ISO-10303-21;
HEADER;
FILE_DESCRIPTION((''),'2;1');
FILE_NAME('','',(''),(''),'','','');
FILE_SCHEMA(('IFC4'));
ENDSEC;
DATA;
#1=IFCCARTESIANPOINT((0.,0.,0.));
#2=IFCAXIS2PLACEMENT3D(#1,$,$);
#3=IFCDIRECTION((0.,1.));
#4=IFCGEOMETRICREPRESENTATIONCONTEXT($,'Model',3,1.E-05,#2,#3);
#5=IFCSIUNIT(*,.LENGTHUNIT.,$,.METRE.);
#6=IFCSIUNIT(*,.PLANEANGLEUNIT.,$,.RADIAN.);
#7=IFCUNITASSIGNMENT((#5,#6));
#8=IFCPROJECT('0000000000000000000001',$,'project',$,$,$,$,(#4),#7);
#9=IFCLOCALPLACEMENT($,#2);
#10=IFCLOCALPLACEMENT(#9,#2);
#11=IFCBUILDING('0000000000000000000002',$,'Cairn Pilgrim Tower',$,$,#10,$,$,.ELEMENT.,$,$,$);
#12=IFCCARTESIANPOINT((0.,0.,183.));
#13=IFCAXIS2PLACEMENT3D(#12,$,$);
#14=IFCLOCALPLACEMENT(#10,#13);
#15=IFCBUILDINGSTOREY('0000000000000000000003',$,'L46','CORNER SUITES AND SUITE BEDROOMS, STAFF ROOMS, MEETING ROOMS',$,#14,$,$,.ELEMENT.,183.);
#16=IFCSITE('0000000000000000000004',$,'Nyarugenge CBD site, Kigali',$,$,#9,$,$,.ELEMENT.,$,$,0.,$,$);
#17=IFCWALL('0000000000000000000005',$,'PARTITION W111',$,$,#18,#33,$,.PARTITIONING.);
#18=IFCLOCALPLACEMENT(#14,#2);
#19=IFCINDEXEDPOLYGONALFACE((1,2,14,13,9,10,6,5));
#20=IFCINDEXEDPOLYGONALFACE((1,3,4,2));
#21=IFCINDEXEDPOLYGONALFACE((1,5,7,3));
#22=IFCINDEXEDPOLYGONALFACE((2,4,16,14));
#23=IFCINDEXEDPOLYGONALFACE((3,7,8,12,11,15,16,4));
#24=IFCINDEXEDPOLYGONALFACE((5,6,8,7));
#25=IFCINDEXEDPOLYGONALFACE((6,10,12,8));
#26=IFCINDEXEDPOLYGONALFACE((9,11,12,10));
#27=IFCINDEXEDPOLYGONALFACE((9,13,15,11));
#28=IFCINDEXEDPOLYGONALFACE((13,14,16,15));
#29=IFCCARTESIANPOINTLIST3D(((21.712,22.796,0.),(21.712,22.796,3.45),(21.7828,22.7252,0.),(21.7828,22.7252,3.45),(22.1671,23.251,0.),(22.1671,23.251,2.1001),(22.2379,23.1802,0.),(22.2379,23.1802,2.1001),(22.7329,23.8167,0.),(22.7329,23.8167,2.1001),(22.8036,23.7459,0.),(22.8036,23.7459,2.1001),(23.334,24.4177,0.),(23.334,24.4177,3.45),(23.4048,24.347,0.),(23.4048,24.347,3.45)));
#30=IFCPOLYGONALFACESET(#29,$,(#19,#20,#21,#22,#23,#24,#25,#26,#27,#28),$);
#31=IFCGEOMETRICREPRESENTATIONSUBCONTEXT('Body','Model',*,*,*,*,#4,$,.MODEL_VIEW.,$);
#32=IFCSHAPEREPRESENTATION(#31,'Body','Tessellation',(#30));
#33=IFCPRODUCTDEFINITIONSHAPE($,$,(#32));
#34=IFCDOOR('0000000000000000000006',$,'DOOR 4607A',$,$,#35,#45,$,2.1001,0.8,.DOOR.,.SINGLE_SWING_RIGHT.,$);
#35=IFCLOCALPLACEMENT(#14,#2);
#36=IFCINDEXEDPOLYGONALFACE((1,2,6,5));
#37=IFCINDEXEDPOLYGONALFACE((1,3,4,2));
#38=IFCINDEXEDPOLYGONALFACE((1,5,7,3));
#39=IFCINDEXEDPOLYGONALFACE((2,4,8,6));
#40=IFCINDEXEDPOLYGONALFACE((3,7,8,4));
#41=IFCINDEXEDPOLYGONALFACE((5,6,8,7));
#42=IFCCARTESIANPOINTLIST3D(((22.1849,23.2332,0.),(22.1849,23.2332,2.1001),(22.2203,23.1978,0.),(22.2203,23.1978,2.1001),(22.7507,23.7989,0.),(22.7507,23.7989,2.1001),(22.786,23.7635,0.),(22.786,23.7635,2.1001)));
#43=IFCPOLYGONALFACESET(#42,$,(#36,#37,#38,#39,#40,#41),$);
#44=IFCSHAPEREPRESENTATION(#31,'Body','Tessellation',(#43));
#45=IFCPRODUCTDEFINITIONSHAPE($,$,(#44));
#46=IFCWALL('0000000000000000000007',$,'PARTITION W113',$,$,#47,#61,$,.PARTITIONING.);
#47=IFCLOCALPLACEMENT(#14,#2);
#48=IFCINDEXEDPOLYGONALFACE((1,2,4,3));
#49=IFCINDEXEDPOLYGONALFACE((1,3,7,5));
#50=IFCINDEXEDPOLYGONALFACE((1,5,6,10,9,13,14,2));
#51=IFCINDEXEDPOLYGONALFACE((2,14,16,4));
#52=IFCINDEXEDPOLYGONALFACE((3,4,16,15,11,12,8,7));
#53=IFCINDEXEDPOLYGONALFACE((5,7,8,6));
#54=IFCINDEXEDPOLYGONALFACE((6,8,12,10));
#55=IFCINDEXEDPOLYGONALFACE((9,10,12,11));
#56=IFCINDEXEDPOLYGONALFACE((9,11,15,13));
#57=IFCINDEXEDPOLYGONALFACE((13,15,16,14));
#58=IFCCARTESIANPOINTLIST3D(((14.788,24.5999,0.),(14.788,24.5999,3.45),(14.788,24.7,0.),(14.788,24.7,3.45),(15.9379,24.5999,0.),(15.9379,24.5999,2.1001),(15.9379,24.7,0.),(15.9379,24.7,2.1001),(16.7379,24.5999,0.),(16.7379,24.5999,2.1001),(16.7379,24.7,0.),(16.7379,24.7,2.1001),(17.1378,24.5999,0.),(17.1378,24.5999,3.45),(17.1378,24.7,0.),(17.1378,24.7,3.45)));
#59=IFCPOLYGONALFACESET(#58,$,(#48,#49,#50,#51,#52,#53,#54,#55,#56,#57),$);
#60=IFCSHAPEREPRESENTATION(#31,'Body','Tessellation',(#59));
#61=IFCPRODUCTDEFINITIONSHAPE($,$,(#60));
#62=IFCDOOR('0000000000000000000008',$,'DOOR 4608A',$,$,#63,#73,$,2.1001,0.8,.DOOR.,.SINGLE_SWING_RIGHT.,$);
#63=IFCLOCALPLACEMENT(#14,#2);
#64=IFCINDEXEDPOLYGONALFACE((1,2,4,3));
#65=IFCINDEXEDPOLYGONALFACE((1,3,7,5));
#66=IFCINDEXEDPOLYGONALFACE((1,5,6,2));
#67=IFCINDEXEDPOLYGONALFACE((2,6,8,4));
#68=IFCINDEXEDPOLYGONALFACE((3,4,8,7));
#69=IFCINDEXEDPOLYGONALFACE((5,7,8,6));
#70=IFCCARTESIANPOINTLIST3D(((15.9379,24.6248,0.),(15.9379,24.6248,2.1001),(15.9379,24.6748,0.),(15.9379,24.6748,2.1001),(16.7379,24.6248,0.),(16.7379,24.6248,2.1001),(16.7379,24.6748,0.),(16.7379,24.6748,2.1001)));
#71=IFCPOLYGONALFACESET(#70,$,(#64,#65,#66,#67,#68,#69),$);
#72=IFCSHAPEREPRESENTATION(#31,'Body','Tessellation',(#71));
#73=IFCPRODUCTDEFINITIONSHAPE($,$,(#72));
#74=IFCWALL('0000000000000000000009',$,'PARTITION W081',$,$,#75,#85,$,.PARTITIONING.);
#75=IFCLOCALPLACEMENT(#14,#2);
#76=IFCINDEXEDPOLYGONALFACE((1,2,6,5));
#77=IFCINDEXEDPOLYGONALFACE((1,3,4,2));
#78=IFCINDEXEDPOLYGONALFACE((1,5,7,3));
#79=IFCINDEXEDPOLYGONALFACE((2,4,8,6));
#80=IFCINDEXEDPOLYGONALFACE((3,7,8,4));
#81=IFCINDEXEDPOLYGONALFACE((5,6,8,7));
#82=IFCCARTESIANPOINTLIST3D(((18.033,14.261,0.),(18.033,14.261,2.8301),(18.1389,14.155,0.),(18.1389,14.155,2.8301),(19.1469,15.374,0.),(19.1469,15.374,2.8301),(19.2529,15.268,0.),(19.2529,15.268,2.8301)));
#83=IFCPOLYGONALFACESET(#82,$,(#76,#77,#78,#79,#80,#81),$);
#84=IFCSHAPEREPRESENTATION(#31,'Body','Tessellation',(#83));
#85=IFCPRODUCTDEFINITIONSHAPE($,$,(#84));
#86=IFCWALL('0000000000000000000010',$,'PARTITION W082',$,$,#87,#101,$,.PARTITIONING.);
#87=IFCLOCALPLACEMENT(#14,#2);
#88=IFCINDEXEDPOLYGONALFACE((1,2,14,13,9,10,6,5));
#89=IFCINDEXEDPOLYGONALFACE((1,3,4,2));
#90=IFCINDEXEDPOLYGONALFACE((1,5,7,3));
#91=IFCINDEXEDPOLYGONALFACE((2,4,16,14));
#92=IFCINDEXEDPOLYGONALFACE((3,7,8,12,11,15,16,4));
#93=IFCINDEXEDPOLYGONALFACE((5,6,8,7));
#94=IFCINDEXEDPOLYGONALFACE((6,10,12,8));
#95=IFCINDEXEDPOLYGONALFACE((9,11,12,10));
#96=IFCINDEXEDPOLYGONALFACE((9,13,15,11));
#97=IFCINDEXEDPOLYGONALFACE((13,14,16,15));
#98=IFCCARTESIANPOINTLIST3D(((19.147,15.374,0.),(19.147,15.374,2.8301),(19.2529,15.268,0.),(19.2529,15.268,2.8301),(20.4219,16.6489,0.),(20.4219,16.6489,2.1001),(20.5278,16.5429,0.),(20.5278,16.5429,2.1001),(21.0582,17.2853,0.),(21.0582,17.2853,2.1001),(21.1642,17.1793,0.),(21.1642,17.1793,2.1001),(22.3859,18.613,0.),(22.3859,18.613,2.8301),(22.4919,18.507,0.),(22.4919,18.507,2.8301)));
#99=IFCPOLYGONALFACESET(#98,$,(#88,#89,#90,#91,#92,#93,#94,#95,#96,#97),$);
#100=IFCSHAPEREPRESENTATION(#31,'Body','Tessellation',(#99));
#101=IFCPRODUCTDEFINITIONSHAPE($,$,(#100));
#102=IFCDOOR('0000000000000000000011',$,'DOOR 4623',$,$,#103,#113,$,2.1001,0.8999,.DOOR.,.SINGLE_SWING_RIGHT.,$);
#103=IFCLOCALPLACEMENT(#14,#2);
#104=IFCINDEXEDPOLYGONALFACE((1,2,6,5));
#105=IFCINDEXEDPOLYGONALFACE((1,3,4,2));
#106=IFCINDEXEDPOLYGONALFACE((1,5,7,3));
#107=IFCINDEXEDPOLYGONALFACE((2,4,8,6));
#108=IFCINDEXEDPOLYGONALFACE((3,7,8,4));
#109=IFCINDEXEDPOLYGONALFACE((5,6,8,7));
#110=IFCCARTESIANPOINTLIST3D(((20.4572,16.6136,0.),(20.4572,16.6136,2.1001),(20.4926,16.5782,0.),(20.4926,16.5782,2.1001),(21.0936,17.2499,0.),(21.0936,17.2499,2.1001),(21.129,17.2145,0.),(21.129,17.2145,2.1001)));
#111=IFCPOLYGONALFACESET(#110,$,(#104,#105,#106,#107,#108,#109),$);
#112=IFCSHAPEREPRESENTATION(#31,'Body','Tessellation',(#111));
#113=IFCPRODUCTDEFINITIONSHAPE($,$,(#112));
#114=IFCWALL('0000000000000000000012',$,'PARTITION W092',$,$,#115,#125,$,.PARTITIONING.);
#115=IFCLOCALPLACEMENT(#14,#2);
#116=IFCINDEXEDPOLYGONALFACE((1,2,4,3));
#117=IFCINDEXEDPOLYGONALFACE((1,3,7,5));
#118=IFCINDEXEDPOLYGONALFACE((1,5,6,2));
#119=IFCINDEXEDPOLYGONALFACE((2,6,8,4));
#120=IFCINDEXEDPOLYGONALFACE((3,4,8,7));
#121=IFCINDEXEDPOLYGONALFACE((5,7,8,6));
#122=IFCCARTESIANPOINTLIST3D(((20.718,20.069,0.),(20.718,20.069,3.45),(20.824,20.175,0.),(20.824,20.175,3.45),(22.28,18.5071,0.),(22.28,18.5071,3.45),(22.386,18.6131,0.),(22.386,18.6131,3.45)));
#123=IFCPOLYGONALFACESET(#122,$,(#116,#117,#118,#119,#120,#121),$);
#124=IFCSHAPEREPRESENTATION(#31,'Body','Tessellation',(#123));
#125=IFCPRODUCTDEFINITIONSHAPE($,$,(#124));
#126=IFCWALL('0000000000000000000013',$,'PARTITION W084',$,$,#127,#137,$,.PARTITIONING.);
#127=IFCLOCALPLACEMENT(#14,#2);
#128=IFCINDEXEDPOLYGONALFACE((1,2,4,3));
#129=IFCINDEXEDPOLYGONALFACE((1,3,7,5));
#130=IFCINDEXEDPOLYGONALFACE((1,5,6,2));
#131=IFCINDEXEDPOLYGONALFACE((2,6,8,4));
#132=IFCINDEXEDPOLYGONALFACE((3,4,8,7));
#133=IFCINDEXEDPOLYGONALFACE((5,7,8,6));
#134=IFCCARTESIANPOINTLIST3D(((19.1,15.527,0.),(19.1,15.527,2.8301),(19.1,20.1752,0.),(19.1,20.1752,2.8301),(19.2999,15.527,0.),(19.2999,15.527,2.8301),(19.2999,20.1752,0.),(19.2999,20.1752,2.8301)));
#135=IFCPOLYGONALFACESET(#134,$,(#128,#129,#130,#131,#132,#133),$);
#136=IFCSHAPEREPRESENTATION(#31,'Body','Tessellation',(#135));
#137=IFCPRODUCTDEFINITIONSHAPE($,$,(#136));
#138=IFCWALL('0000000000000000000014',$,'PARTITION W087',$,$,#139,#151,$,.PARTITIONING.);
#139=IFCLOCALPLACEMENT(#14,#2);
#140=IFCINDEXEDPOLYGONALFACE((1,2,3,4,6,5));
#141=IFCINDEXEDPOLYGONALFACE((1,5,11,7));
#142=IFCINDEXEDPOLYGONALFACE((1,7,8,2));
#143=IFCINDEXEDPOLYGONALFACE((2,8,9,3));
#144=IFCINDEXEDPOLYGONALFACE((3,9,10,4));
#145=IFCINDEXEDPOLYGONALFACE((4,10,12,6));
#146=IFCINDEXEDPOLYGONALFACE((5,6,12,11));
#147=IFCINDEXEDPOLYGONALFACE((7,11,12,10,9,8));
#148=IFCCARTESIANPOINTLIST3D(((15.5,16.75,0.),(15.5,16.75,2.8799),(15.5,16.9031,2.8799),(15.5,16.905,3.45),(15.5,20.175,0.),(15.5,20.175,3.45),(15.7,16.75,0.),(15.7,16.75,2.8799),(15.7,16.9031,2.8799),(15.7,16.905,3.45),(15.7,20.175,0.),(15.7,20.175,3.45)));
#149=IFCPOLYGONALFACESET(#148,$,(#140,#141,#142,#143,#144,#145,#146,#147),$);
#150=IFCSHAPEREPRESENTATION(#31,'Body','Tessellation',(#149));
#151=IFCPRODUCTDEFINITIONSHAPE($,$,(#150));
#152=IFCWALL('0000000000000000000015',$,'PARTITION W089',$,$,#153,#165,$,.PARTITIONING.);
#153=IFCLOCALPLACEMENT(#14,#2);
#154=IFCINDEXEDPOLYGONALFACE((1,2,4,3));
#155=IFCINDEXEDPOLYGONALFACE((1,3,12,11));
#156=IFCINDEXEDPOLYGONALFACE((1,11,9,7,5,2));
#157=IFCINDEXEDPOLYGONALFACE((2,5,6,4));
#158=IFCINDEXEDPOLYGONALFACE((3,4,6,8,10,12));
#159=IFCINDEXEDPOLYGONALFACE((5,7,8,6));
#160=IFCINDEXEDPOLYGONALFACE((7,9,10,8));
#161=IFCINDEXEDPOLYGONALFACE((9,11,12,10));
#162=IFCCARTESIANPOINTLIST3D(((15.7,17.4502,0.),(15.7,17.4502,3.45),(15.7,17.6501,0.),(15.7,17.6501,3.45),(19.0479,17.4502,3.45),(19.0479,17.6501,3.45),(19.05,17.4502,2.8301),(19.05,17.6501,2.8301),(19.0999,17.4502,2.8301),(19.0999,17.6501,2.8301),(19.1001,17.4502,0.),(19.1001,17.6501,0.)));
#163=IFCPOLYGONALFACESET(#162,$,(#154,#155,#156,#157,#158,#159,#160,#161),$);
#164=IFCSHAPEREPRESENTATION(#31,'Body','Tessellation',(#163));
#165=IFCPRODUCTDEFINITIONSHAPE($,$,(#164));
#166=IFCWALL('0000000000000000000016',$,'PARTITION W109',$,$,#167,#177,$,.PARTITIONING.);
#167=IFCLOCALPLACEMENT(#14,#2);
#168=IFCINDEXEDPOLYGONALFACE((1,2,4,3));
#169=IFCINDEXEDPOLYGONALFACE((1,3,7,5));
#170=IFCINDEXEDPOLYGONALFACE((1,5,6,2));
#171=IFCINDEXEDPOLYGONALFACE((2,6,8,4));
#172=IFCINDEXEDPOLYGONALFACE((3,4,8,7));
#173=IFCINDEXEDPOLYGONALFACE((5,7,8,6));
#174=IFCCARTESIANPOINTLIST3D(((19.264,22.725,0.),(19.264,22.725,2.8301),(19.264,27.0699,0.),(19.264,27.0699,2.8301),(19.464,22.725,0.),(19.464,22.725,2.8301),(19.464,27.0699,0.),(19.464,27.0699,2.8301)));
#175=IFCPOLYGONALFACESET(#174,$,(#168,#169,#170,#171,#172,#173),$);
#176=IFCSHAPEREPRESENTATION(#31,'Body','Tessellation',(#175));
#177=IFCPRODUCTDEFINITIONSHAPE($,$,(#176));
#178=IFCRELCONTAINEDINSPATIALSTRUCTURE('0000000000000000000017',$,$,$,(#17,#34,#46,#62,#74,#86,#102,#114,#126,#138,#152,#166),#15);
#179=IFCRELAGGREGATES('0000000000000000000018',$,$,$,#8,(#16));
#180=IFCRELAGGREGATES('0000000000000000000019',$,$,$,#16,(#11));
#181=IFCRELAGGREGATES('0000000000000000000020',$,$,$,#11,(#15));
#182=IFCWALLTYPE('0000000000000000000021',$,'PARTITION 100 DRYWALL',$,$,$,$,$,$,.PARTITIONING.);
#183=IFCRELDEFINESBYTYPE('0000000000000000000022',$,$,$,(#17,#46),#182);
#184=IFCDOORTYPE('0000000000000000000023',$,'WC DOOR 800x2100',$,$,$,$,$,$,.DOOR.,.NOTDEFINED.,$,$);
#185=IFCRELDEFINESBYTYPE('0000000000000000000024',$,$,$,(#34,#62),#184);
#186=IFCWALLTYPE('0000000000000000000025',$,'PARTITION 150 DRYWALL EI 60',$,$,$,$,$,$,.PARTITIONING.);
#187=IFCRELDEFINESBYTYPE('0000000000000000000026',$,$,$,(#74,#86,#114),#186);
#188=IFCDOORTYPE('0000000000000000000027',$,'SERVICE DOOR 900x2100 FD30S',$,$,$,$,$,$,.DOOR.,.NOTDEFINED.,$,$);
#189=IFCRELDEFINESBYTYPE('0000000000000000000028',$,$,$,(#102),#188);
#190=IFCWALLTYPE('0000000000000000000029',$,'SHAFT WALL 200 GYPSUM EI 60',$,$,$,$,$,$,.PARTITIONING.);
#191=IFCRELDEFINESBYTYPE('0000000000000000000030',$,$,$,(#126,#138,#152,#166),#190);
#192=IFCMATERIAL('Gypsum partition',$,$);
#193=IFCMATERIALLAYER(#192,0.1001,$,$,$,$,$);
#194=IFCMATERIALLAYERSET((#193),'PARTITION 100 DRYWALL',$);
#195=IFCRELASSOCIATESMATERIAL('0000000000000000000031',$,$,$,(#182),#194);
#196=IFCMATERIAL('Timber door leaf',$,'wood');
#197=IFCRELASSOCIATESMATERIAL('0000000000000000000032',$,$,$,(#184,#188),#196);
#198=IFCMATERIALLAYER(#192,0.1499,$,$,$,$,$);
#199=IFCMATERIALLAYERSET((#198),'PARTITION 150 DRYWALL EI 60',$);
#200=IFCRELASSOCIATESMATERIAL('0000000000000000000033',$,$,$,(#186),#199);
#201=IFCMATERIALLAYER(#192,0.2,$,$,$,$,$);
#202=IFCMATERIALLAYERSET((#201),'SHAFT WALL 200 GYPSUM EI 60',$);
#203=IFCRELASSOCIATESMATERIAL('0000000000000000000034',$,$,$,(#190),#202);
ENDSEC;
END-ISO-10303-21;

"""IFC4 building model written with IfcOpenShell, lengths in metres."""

from ifc_helpers import new_model, si_unit, direction, frame, frame_2d, origin, place, context, subcontext, project, spatial, polyline, rectangle, outline, extrude, material, layer, layer_set, type_object, element, fill, save


model = new_model("IFC4")

# Units and contexts
model_context = context("Model", 3, precision=1e-05, world=origin(), true_north=direction((0.0, 1.0)))
body_context = subcontext(model_context, "Body", "Model", "MODEL_VIEW")
ifc_project = project(units=[si_unit("LENGTHUNIT", "METRE"), si_unit("PLANEANGLEUNIT", "RADIAN")], contexts=[model_context])

# Site, building, storey
site_placement = place(None, origin())
site = spatial("IfcSite", under=ifc_project, at=site_placement, Name="Nyarugenge CBD site, Kigali", CompositionType="ELEMENT", RefElevation=0.0)
building_placement = place(site_placement, origin())
building = spatial("IfcBuilding", under=site, at=building_placement, Name="Cairn Pilgrim Tower", CompositionType="ELEMENT")
storey_placement = place(building_placement, frame((0.0, 0.0, 183.0)))
storey = spatial("IfcBuildingStorey", under=building, at=storey_placement, Name="L46", Description="CORNER SUITES AND SUITE BEDROOMS, STAFF ROOMS, MEETING ROOMS", CompositionType="ELEMENT", Elevation=183.0)

# Shared definitions
ifc_material_1 = material(Name="Gypsum partition")
ifc_layer_1 = layer(ifc_material_1, 0.1001)
ifc_layer_set_1 = layer_set([ifc_layer_1], Name="PARTITION 100 DRYWALL")
wall_type_1 = type_object("IfcWallType", Name="PARTITION 100 DRYWALL", PredefinedType="PARTITIONING", material=ifc_layer_set_1)

# Walls, openings, doors
wall_1_placement = place(storey_placement, frame((21.7473, 22.7605, 0.0), z_axis=(0.0, 0.0, 1.0), x_axis=(0.70716, 0.707054, 0.0)))
wall_1 = element("IfcWall", 1, at=wall_1_placement, inside=storey, type_object=wall_type_1, Name="PARTITION W111", PredefinedType="PARTITIONING", context=body_context, shape_type="SweptSolid", body=[
    extrude(rectangle(XDim=2.2937, YDim=0.1001, at=frame_2d((1.147, 0.0))), origin(), (0.0, 0.0, 1.0), 3.45),
])
opening_1_placement = place(wall_1_placement, frame((0.6438, 0.0, 0.0)))
opening_1 = element("IfcOpeningElement", 2, at=opening_1_placement, cuts=wall_1, PredefinedType="OPENING", context=body_context, shape_type="SweptSolid", body=[
    extrude(rectangle(XDim=0.8, YDim=2.1001, at=frame_2d((0.3999, 1.05))), frame((0.0, 0.0601, 0.0), z_axis=(0.0, -1.0, 0.0), x_axis=(1.0, 0.0, 0.0)), (0.0, 0.0, 1.0), 0.1201),
])
ifc_material_2 = material(Name="Timber door leaf", Category="wood")
door_type_1 = type_object("IfcDoorType", Name="WC DOOR 800x2100", OperationType="NOTDEFINED", PredefinedType="DOOR", material=ifc_material_2)
door_1_placement = place(opening_1_placement, origin())
door_1 = element("IfcDoor", 3, at=door_1_placement, inside=storey, type_object=door_type_1, Name="DOOR 4607A", OperationType="SINGLE_SWING_RIGHT", OverallHeight=2.1001, OverallWidth=0.8, PredefinedType="DOOR", context=body_context, shape_type="SweptSolid", body=[
    extrude(rectangle(XDim=0.8, YDim=2.1001, at=frame_2d((0.3999, 1.05))), frame((0.0, 0.0249, 0.0), z_axis=(0.0, -1.0, 0.0), x_axis=(1.0, 0.0, 0.0)), (0.0, 0.0, 1.0), 0.05),
])
fill(opening_1, door_1)
wall_2_placement = place(storey_placement, frame((14.7881, 24.6499, 0.0), z_axis=(0.0, 0.0, 1.0), x_axis=(1.0, 0.0, 0.0)))
wall_2 = element("IfcWall", 4, at=wall_2_placement, inside=storey, type_object=wall_type_1, Name="PARTITION W113", PredefinedType="PARTITIONING", context=body_context, shape_type="SweptSolid", body=[
    extrude(rectangle(XDim=2.3499, YDim=0.1001, at=frame_2d((1.1748, 0.0))), origin(), (0.0, 0.0, 1.0), 3.45),
])
opening_2_placement = place(wall_2_placement, frame((1.1499, 0.0, 0.0)))
opening_2 = element("IfcOpeningElement", 5, at=opening_2_placement, cuts=wall_2, PredefinedType="OPENING", context=body_context, shape_type="SweptSolid", body=[
    extrude(rectangle(XDim=0.8, YDim=2.1001, at=frame_2d((0.3999, 1.05))), frame((0.0, 0.0601, 0.0), z_axis=(0.0, -1.0, 0.0), x_axis=(1.0, 0.0, 0.0)), (0.0, 0.0, 1.0), 0.1201),
])
door_2_placement = place(opening_2_placement, origin())
door_2 = element("IfcDoor", 6, at=door_2_placement, inside=storey, type_object=door_type_1, Name="DOOR 4608A", OperationType="SINGLE_SWING_RIGHT", OverallHeight=2.1001, OverallWidth=0.8, PredefinedType="DOOR", context=body_context, shape_type="SweptSolid", body=[
    extrude(rectangle(XDim=0.8, YDim=2.1001, at=frame_2d((0.3999, 1.05))), frame((0.0, 0.0249, 0.0), z_axis=(0.0, -1.0, 0.0), x_axis=(1.0, 0.0, 0.0)), (0.0, 0.0, 1.0), 0.05),
])
fill(opening_2, door_2)

# Wall
ifc_layer_2 = layer(ifc_material_1, 0.1499)
ifc_layer_set_2 = layer_set([ifc_layer_2], Name="PARTITION 150 DRYWALL EI 60")
wall_type_2 = type_object("IfcWallType", Name="PARTITION 150 DRYWALL EI 60", PredefinedType="PARTITIONING", material=ifc_layer_set_2)
wall_3_placement = place(storey_placement, frame((18.0859, 14.208, 0.0), z_axis=(0.0, 0.0, 1.0), x_axis=(0.707417, 0.706797, 0.0)))
element("IfcWall", 7, at=wall_3_placement, inside=storey, type_object=wall_type_2, Name="PARTITION W081", PredefinedType="PARTITIONING", context=body_context, shape_type="SweptSolid", body=[
    extrude(rectangle(XDim=1.5747, YDim=0.1499, at=frame_2d((0.7874, 0.0))), origin(), (0.0, 0.0, 1.0), 2.8301),
])

# Wall, opening, door
wall_4_placement = place(storey_placement, frame((19.2, 15.321, 0.0), z_axis=(0.0, 0.0, 1.0), x_axis=(0.707107, 0.707107, 0.0)))
wall_4 = element("IfcWall", 8, at=wall_4_placement, inside=storey, type_object=wall_type_2, Name="PARTITION W082", PredefinedType="PARTITIONING", context=body_context, shape_type="SweptSolid", body=[
    extrude(rectangle(XDim=4.5806, YDim=0.1499, at=frame_2d((2.2903, 0.0))), origin(), (0.0, 0.0, 1.0), 2.8301),
])
opening_3_placement = place(wall_4_placement, frame((1.803, 0.0, 0.0)))
opening_3 = element("IfcOpeningElement", 9, at=opening_3_placement, cuts=wall_4, PredefinedType="OPENING", context=body_context, shape_type="SweptSolid", body=[
    extrude(rectangle(XDim=0.8999, YDim=2.1001, at=frame_2d((0.45, 1.05))), frame((0.0, 0.085, 0.0), z_axis=(0.0, -1.0, 0.0), x_axis=(1.0, 0.0, 0.0)), (0.0, 0.0, 1.0), 0.1699),
])
door_type_2 = type_object("IfcDoorType", Name="SERVICE DOOR 900x2100 FD30S", OperationType="NOTDEFINED", PredefinedType="DOOR", material=ifc_material_2)
door_3_placement = place(opening_3_placement, origin())
door_3 = element("IfcDoor", 10, at=door_3_placement, inside=storey, type_object=door_type_2, Name="DOOR 4623", OperationType="SINGLE_SWING_RIGHT", OverallHeight=2.1001, OverallWidth=0.8999, PredefinedType="DOOR", context=body_context, shape_type="SweptSolid", body=[
    extrude(rectangle(XDim=0.8999, YDim=2.1001, at=frame_2d((0.45, 1.05))), frame((0.0, 0.0249, 0.0), z_axis=(0.0, -1.0, 0.0), x_axis=(1.0, 0.0, 0.0)), (0.0, 0.0, 1.0), 0.05),
])
fill(opening_3, door_3)

# Walls
wall_5_placement = place(storey_placement, frame((22.333, 18.5601, 0.0), z_axis=(0.0, 0.0, 1.0), x_axis=(-0.707107, 0.707107, 0.0)))
element("IfcWall", 11, at=wall_5_placement, inside=storey, type_object=wall_type_2, Name="PARTITION W092", PredefinedType="PARTITIONING", context=body_context, shape_type="SweptSolid", body=[
    extrude(rectangle(XDim=2.209, YDim=0.1499, at=frame_2d((1.1045, 0.0))), origin(), (0.0, 0.0, 1.0), 3.45),
])
ifc_layer_3 = layer(ifc_material_1, 0.2)
ifc_layer_set_3 = layer_set([ifc_layer_3], Name="SHAFT WALL 200 GYPSUM EI 60")
wall_type_3 = type_object("IfcWallType", Name="SHAFT WALL 200 GYPSUM EI 60", PredefinedType="PARTITIONING", material=ifc_layer_set_3)
wall_6_placement = place(storey_placement, frame((19.2, 15.5269, 0.0), z_axis=(0.0, 0.0, 1.0), x_axis=(0.0, 1.0, 0.0)))
element("IfcWall", 12, at=wall_6_placement, inside=storey, type_object=wall_type_3, Name="PARTITION W084", PredefinedType="PARTITIONING", context=body_context, shape_type="SweptSolid", body=[
    extrude(rectangle(XDim=4.6482, YDim=0.2, at=frame_2d((2.3242, 0.0))), origin(), (0.0, 0.0, 1.0), 2.8301),
])
wall_7_placement = place(storey_placement, frame((15.6001, 16.75, 0.0), z_axis=(0.0, 0.0, 1.0), x_axis=(0.0, 1.0, 0.0)))
element("IfcWall", 13, at=wall_7_placement, inside=storey, type_object=wall_type_3, Name="PARTITION W087", PredefinedType="PARTITIONING", context=body_context, shape_type="SweptSolid", body=[
    extrude(outline(polyline([(0.0, 0.0), (3.425, 0.0), (3.425, 3.45), (0.155, 3.45), (0.1531, 2.8799), (0.0, 2.8799), (0.0, 0.0)])), frame((0.0, 0.1001, 0.0), z_axis=(0.0, -1.0, 0.0), x_axis=(1.0, 0.0, 0.0)), (0.0, 0.0, 1.0), 0.2),
])
wall_8_placement = place(storey_placement, frame((15.7, 17.55, 0.0), z_axis=(0.0, 0.0, 1.0), x_axis=(1.0, 0.0, 0.0)))
element("IfcWall", 14, at=wall_8_placement, inside=storey, type_object=wall_type_3, Name="PARTITION W089", PredefinedType="PARTITIONING", context=body_context, shape_type="SweptSolid", body=[
    extrude(outline(polyline([(0.0, 0.0), (3.4001, 0.0), (3.3999, 2.8301), (3.3501, 2.8301), (3.3479, 3.45), (0.0, 3.45), (0.0, 0.0)])), frame((0.0, 0.1001, 0.0), z_axis=(0.0, -1.0, 0.0), x_axis=(1.0, 0.0, 0.0)), (0.0, 0.0, 1.0), 0.2),
])
wall_9_placement = place(storey_placement, frame((19.364, 22.7251, 0.0), z_axis=(0.0, 0.0, 1.0), x_axis=(0.0, 1.0, 0.0)))
element("IfcWall", 15, at=wall_9_placement, inside=storey, type_object=wall_type_3, Name="PARTITION W109", PredefinedType="PARTITIONING", context=body_context, shape_type="SweptSolid", body=[
    extrude(rectangle(XDim=4.345, YDim=0.2, at=frame_2d((2.1724, 0.0))), origin(), (0.0, 0.0, 1.0), 2.8301),
])

save(model, "model.ifc")
